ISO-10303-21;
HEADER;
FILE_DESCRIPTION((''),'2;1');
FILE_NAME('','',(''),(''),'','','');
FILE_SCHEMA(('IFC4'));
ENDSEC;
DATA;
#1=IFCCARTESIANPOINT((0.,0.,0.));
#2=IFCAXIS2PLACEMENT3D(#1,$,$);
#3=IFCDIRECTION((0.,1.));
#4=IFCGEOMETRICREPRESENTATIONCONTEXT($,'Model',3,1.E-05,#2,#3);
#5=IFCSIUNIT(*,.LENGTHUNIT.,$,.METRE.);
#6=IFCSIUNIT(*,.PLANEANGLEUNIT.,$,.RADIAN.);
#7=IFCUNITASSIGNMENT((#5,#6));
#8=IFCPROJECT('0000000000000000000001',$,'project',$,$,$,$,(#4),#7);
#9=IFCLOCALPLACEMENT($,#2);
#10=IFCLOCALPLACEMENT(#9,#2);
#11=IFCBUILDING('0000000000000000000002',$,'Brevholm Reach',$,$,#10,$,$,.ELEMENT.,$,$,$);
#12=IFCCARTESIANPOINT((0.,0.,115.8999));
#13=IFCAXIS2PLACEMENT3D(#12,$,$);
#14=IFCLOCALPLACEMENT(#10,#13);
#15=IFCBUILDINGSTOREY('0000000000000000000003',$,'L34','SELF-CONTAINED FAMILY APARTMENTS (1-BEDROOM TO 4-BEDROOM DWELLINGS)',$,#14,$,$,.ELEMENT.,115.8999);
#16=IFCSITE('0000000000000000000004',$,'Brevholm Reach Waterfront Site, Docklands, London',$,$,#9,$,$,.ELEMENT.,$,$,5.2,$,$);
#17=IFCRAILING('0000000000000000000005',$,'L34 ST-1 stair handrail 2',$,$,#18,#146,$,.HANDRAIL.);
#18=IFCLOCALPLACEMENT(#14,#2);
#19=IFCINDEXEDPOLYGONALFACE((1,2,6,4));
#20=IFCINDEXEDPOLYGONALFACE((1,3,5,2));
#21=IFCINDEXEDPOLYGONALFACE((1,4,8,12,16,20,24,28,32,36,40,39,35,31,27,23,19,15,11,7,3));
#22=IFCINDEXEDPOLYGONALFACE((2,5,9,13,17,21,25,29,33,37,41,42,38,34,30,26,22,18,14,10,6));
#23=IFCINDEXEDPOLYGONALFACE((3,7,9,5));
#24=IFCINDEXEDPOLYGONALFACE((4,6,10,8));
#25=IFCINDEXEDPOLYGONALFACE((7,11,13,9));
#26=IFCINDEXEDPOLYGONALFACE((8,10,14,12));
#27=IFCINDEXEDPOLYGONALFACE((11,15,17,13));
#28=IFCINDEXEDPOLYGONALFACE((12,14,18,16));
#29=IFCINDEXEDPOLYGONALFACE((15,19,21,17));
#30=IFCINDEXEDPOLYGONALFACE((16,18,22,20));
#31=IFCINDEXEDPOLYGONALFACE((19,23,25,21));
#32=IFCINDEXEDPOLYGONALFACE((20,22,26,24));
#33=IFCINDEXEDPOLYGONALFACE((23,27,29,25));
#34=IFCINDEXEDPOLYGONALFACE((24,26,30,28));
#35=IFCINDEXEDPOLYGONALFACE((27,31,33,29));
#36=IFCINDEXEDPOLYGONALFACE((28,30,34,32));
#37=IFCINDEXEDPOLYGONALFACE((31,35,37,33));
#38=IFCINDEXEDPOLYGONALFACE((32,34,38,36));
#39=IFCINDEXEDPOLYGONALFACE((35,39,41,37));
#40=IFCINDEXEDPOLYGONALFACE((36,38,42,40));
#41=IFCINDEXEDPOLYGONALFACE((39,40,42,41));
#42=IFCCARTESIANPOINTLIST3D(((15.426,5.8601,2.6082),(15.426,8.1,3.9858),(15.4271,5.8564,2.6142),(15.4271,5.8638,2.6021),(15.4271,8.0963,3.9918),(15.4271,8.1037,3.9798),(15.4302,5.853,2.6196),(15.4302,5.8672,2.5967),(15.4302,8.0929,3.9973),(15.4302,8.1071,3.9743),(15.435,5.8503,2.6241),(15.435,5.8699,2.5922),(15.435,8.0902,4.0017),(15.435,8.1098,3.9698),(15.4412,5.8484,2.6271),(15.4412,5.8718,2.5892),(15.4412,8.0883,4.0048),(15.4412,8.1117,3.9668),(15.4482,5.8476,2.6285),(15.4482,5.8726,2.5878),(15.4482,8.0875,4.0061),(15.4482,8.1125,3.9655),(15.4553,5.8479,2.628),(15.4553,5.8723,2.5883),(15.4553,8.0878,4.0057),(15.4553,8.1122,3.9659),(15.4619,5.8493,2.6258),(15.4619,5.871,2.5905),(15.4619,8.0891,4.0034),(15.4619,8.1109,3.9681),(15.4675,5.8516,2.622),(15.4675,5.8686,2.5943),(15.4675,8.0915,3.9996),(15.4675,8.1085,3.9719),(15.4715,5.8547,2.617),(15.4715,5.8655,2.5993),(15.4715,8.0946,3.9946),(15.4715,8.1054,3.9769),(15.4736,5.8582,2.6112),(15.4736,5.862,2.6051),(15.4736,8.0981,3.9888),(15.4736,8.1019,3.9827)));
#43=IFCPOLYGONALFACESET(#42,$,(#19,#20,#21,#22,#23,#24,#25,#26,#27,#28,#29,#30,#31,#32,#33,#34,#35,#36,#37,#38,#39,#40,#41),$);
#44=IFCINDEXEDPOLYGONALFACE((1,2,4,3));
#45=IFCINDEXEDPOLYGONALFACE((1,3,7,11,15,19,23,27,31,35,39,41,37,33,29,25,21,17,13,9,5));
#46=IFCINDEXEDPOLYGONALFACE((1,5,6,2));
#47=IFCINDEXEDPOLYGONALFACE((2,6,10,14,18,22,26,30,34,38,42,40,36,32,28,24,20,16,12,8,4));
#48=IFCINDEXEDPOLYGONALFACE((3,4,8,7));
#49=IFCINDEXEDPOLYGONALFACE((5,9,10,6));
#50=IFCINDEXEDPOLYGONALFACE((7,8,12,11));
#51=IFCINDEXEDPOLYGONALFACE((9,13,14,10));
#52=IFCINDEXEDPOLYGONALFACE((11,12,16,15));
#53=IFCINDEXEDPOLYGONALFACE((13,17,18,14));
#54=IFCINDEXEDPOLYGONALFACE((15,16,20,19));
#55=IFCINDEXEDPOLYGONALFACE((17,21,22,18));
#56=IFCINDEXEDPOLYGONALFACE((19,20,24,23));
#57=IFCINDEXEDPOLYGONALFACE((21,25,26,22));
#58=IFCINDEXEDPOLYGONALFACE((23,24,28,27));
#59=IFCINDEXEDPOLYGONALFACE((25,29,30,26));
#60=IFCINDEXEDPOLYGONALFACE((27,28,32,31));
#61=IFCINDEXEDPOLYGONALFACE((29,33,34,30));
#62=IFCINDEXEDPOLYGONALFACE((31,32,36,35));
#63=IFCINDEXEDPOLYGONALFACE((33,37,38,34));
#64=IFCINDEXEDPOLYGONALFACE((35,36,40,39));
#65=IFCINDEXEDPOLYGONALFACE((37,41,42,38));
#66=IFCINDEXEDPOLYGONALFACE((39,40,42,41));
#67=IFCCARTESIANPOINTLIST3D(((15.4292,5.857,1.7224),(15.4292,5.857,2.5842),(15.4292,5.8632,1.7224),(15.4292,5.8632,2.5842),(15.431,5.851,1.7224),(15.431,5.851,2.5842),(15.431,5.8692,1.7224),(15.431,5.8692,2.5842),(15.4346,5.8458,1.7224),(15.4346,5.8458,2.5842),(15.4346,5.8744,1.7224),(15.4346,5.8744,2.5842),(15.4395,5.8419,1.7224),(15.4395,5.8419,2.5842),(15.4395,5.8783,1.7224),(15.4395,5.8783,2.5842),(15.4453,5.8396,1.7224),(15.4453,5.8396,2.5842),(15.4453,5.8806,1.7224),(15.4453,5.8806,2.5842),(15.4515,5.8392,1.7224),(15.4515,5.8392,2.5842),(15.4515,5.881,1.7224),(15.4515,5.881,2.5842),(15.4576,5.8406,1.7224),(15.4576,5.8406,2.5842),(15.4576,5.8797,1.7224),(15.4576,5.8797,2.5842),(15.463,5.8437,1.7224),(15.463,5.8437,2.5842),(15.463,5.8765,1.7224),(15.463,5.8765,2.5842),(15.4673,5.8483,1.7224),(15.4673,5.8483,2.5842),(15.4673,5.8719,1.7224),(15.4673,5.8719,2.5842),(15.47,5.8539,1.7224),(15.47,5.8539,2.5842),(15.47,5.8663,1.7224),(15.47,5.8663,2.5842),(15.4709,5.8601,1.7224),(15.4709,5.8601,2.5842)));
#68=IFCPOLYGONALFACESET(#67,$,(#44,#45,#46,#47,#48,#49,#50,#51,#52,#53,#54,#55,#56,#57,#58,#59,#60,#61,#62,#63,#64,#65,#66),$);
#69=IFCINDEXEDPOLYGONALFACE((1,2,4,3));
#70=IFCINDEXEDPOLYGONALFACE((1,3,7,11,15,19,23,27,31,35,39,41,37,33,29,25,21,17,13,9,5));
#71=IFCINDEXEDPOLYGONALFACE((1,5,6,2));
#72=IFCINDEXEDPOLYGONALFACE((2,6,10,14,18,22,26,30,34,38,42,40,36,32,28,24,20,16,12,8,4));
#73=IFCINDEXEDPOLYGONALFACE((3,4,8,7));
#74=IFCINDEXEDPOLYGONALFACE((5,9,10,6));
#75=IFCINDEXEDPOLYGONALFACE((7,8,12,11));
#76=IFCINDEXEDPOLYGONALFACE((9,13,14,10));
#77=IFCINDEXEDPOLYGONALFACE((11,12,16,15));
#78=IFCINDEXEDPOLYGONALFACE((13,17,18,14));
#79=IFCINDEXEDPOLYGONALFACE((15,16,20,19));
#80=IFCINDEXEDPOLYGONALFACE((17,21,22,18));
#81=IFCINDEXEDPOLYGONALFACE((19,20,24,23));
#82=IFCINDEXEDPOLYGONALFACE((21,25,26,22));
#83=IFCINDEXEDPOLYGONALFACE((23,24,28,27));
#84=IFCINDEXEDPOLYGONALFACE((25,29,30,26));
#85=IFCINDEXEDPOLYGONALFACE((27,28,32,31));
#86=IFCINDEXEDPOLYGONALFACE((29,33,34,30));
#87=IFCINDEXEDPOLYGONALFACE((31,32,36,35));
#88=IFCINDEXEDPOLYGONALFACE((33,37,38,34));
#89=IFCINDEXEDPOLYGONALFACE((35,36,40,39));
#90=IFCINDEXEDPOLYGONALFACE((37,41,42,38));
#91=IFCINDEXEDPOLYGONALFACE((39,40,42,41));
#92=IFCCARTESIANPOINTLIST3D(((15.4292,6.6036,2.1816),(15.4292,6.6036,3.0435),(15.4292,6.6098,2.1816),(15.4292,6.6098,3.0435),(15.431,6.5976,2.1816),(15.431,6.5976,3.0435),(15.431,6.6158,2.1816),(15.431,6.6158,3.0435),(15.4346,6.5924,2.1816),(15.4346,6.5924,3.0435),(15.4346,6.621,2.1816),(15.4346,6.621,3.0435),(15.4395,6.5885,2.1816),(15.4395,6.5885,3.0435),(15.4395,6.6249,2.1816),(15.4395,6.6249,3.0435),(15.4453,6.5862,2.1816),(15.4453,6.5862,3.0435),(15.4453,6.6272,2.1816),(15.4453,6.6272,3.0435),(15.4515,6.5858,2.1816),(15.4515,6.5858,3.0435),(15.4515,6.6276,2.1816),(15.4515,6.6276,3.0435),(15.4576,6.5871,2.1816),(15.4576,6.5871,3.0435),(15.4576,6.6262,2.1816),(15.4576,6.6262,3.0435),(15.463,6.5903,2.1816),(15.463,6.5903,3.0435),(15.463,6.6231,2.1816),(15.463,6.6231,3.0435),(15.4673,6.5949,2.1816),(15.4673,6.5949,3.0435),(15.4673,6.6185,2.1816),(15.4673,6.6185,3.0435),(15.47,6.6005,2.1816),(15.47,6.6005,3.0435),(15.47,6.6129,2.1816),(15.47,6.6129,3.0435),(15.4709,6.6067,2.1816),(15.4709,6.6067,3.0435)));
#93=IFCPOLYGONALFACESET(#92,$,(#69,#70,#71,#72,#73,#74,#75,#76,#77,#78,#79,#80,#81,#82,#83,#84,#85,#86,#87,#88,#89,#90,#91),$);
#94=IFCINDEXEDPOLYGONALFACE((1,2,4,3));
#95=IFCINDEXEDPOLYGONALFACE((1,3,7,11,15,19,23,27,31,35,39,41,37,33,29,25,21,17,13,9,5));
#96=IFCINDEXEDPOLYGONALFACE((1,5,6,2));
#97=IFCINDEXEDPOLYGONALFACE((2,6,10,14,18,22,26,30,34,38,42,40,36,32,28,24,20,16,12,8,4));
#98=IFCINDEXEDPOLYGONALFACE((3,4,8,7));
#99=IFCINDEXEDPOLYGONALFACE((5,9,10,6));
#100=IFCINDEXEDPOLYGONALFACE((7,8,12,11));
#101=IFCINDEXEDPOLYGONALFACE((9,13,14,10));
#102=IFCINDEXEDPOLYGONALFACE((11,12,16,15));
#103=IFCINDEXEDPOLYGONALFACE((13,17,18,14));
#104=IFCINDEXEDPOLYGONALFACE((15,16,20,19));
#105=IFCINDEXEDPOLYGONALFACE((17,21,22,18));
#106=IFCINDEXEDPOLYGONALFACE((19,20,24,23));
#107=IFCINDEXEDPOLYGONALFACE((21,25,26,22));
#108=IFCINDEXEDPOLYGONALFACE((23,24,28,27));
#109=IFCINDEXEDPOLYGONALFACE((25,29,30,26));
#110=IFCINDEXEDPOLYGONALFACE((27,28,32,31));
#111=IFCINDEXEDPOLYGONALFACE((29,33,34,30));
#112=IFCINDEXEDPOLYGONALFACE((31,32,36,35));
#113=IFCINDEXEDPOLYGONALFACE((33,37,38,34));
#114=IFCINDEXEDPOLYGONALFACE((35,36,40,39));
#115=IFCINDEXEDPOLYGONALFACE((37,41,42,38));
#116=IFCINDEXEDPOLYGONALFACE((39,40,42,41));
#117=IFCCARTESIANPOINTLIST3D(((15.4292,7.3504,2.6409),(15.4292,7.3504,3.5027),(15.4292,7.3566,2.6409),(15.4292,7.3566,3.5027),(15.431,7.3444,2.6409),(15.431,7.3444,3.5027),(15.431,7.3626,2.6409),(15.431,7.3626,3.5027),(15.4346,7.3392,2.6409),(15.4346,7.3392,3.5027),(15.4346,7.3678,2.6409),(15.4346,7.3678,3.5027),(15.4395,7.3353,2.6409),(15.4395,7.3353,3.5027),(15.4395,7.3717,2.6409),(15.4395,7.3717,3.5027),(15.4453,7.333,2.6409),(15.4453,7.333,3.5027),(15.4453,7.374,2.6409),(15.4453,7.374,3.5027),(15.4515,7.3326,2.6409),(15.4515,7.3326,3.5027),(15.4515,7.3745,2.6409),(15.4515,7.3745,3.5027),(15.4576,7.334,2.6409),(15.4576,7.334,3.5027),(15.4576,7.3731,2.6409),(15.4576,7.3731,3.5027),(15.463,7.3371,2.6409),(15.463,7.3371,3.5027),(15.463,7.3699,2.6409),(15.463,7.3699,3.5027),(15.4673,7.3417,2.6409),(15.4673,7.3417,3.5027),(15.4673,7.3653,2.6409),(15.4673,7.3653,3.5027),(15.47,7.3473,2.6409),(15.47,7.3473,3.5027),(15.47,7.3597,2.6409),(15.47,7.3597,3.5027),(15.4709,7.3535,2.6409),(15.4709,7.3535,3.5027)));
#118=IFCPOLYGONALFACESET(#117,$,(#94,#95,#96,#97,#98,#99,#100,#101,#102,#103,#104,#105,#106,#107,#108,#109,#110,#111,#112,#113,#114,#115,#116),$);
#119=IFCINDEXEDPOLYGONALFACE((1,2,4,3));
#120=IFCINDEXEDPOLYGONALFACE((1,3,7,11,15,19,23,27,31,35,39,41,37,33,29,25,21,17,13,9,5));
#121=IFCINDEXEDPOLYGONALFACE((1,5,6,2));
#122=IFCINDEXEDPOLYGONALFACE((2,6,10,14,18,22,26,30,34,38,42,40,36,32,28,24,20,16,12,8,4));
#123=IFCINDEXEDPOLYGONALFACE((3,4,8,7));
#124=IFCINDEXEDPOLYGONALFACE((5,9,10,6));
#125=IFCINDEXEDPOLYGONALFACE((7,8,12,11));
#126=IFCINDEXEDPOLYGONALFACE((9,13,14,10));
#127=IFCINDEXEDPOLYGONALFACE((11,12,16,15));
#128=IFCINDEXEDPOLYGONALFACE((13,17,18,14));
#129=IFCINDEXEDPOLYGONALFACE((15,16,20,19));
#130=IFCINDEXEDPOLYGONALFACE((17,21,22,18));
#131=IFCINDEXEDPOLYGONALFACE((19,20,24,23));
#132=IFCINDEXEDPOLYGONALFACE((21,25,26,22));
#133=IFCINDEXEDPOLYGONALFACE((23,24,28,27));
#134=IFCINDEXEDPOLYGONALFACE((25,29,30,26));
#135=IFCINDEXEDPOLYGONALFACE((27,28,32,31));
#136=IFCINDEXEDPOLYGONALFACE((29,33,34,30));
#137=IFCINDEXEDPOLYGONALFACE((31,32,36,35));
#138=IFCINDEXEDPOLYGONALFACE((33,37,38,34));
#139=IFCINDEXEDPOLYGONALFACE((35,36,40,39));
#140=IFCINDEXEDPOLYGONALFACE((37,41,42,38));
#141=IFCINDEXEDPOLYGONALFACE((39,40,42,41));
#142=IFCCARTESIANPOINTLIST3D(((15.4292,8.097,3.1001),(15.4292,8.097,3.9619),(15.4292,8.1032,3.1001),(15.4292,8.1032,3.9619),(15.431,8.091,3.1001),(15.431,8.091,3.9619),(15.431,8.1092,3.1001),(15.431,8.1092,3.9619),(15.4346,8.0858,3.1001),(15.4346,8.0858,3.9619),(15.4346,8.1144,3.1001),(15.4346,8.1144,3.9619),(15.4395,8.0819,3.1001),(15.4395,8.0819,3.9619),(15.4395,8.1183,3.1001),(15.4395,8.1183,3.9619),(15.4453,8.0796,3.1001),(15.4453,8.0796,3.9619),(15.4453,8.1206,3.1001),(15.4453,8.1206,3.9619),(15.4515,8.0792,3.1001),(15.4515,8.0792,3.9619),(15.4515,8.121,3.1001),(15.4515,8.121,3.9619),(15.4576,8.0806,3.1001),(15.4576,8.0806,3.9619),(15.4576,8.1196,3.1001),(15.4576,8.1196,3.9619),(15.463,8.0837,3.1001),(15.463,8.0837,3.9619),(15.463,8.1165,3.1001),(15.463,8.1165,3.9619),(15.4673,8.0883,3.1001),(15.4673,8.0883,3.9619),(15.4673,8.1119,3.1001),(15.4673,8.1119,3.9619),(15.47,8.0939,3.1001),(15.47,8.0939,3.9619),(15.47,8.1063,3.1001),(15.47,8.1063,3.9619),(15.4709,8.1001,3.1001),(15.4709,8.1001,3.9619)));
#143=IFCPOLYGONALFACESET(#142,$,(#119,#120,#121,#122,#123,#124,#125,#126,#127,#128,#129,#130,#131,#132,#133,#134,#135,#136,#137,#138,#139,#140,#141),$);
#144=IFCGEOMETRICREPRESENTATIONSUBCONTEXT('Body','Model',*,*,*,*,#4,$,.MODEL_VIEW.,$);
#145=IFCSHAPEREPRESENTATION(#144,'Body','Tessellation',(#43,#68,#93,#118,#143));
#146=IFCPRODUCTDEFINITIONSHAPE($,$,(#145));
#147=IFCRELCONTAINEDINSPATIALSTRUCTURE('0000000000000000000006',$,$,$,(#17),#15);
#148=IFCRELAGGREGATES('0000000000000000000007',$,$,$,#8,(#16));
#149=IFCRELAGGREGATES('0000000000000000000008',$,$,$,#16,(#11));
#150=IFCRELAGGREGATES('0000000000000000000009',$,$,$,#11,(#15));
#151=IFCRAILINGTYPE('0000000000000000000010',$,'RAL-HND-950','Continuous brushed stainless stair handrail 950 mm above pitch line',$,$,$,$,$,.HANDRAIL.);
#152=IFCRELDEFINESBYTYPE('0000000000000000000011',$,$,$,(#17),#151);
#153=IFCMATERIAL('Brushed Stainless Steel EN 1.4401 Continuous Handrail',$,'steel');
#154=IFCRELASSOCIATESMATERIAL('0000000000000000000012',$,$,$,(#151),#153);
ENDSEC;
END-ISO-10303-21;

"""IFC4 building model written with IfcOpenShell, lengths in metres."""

from ifc_helpers import new_model, si_unit, direction, frame, origin, origin_2d, place, context, subcontext, project, spatial, circle, extrude, material, type_object, element, save


model = new_model("IFC4")

# Units and contexts
model_context = context("Model", 3, precision=1e-05, world=origin(), true_north=direction((0.0, 1.0)))
body_context = subcontext(model_context, "Body", "Model", "MODEL_VIEW")
ifc_project = project(units=[si_unit("LENGTHUNIT", "METRE"), si_unit("PLANEANGLEUNIT", "RADIAN")], contexts=[model_context])

# Site, building, storey
site_placement = place(None, origin())
site = spatial("IfcSite", under=ifc_project, at=site_placement, Name="Brevholm Reach Waterfront Site, Docklands, London", CompositionType="ELEMENT", RefElevation=5.2)
building_placement = place(site_placement, origin())
building = spatial("IfcBuilding", under=site, at=building_placement, Name="Brevholm Reach", CompositionType="ELEMENT")
storey_placement = place(building_placement, frame((0.0, 0.0, 115.8999)))
storey = spatial("IfcBuildingStorey", under=building, at=storey_placement, Name="L34", Description="SELF-CONTAINED FAMILY APARTMENTS (1-BEDROOM TO 4-BEDROOM DWELLINGS)", CompositionType="ELEMENT", Elevation=115.8999)

# Railing
ifc_material_1 = material(Name="Brushed Stainless Steel EN 1.4401 Continuous Handrail", Category="steel")
railing_type_1 = type_object("IfcRailingType", Name="RAL-HND-950", Description="Continuous brushed stainless stair handrail 950 mm above pitch line", PredefinedType="HANDRAIL", material=ifc_material_1)
railing_1_placement = place(storey_placement, frame((15.45, 5.8601, 1.7224)))
element("IfcRailing", 1, at=railing_1_placement, inside=storey, type_object=railing_type_1, Name="L34 ST-1 stair handrail 2", PredefinedType="HANDRAIL", context=body_context, shape_type="SweptSolid", body=[
    extrude(circle(Radius=0.0239, at=origin_2d()), frame((0.0, 0.0, 0.8857), z_axis=(0.0, 0.851789, 0.523885), x_axis=(-1.0, 0.0, 0.0)), (0.0, 0.0, 1.0), 2.6296),
    extrude(circle(Radius=0.021, at=origin_2d()), origin(), (0.0, 0.0, 1.0), 0.8618),
    extrude(circle(Radius=0.021, at=origin_2d()), frame((0.0, 0.7466, 0.4592)), (0.0, 0.0, 1.0), 0.8618),
    extrude(circle(Radius=0.021, at=origin_2d()), frame((0.0, 1.4934, 0.9185)), (0.0, 0.0, 1.0), 0.8618),
    extrude(circle(Radius=0.021, at=origin_2d()), frame((0.0, 2.24, 1.3777)), (0.0, 0.0, 1.0), 0.8618),
])

save(model, "model.ifc")
